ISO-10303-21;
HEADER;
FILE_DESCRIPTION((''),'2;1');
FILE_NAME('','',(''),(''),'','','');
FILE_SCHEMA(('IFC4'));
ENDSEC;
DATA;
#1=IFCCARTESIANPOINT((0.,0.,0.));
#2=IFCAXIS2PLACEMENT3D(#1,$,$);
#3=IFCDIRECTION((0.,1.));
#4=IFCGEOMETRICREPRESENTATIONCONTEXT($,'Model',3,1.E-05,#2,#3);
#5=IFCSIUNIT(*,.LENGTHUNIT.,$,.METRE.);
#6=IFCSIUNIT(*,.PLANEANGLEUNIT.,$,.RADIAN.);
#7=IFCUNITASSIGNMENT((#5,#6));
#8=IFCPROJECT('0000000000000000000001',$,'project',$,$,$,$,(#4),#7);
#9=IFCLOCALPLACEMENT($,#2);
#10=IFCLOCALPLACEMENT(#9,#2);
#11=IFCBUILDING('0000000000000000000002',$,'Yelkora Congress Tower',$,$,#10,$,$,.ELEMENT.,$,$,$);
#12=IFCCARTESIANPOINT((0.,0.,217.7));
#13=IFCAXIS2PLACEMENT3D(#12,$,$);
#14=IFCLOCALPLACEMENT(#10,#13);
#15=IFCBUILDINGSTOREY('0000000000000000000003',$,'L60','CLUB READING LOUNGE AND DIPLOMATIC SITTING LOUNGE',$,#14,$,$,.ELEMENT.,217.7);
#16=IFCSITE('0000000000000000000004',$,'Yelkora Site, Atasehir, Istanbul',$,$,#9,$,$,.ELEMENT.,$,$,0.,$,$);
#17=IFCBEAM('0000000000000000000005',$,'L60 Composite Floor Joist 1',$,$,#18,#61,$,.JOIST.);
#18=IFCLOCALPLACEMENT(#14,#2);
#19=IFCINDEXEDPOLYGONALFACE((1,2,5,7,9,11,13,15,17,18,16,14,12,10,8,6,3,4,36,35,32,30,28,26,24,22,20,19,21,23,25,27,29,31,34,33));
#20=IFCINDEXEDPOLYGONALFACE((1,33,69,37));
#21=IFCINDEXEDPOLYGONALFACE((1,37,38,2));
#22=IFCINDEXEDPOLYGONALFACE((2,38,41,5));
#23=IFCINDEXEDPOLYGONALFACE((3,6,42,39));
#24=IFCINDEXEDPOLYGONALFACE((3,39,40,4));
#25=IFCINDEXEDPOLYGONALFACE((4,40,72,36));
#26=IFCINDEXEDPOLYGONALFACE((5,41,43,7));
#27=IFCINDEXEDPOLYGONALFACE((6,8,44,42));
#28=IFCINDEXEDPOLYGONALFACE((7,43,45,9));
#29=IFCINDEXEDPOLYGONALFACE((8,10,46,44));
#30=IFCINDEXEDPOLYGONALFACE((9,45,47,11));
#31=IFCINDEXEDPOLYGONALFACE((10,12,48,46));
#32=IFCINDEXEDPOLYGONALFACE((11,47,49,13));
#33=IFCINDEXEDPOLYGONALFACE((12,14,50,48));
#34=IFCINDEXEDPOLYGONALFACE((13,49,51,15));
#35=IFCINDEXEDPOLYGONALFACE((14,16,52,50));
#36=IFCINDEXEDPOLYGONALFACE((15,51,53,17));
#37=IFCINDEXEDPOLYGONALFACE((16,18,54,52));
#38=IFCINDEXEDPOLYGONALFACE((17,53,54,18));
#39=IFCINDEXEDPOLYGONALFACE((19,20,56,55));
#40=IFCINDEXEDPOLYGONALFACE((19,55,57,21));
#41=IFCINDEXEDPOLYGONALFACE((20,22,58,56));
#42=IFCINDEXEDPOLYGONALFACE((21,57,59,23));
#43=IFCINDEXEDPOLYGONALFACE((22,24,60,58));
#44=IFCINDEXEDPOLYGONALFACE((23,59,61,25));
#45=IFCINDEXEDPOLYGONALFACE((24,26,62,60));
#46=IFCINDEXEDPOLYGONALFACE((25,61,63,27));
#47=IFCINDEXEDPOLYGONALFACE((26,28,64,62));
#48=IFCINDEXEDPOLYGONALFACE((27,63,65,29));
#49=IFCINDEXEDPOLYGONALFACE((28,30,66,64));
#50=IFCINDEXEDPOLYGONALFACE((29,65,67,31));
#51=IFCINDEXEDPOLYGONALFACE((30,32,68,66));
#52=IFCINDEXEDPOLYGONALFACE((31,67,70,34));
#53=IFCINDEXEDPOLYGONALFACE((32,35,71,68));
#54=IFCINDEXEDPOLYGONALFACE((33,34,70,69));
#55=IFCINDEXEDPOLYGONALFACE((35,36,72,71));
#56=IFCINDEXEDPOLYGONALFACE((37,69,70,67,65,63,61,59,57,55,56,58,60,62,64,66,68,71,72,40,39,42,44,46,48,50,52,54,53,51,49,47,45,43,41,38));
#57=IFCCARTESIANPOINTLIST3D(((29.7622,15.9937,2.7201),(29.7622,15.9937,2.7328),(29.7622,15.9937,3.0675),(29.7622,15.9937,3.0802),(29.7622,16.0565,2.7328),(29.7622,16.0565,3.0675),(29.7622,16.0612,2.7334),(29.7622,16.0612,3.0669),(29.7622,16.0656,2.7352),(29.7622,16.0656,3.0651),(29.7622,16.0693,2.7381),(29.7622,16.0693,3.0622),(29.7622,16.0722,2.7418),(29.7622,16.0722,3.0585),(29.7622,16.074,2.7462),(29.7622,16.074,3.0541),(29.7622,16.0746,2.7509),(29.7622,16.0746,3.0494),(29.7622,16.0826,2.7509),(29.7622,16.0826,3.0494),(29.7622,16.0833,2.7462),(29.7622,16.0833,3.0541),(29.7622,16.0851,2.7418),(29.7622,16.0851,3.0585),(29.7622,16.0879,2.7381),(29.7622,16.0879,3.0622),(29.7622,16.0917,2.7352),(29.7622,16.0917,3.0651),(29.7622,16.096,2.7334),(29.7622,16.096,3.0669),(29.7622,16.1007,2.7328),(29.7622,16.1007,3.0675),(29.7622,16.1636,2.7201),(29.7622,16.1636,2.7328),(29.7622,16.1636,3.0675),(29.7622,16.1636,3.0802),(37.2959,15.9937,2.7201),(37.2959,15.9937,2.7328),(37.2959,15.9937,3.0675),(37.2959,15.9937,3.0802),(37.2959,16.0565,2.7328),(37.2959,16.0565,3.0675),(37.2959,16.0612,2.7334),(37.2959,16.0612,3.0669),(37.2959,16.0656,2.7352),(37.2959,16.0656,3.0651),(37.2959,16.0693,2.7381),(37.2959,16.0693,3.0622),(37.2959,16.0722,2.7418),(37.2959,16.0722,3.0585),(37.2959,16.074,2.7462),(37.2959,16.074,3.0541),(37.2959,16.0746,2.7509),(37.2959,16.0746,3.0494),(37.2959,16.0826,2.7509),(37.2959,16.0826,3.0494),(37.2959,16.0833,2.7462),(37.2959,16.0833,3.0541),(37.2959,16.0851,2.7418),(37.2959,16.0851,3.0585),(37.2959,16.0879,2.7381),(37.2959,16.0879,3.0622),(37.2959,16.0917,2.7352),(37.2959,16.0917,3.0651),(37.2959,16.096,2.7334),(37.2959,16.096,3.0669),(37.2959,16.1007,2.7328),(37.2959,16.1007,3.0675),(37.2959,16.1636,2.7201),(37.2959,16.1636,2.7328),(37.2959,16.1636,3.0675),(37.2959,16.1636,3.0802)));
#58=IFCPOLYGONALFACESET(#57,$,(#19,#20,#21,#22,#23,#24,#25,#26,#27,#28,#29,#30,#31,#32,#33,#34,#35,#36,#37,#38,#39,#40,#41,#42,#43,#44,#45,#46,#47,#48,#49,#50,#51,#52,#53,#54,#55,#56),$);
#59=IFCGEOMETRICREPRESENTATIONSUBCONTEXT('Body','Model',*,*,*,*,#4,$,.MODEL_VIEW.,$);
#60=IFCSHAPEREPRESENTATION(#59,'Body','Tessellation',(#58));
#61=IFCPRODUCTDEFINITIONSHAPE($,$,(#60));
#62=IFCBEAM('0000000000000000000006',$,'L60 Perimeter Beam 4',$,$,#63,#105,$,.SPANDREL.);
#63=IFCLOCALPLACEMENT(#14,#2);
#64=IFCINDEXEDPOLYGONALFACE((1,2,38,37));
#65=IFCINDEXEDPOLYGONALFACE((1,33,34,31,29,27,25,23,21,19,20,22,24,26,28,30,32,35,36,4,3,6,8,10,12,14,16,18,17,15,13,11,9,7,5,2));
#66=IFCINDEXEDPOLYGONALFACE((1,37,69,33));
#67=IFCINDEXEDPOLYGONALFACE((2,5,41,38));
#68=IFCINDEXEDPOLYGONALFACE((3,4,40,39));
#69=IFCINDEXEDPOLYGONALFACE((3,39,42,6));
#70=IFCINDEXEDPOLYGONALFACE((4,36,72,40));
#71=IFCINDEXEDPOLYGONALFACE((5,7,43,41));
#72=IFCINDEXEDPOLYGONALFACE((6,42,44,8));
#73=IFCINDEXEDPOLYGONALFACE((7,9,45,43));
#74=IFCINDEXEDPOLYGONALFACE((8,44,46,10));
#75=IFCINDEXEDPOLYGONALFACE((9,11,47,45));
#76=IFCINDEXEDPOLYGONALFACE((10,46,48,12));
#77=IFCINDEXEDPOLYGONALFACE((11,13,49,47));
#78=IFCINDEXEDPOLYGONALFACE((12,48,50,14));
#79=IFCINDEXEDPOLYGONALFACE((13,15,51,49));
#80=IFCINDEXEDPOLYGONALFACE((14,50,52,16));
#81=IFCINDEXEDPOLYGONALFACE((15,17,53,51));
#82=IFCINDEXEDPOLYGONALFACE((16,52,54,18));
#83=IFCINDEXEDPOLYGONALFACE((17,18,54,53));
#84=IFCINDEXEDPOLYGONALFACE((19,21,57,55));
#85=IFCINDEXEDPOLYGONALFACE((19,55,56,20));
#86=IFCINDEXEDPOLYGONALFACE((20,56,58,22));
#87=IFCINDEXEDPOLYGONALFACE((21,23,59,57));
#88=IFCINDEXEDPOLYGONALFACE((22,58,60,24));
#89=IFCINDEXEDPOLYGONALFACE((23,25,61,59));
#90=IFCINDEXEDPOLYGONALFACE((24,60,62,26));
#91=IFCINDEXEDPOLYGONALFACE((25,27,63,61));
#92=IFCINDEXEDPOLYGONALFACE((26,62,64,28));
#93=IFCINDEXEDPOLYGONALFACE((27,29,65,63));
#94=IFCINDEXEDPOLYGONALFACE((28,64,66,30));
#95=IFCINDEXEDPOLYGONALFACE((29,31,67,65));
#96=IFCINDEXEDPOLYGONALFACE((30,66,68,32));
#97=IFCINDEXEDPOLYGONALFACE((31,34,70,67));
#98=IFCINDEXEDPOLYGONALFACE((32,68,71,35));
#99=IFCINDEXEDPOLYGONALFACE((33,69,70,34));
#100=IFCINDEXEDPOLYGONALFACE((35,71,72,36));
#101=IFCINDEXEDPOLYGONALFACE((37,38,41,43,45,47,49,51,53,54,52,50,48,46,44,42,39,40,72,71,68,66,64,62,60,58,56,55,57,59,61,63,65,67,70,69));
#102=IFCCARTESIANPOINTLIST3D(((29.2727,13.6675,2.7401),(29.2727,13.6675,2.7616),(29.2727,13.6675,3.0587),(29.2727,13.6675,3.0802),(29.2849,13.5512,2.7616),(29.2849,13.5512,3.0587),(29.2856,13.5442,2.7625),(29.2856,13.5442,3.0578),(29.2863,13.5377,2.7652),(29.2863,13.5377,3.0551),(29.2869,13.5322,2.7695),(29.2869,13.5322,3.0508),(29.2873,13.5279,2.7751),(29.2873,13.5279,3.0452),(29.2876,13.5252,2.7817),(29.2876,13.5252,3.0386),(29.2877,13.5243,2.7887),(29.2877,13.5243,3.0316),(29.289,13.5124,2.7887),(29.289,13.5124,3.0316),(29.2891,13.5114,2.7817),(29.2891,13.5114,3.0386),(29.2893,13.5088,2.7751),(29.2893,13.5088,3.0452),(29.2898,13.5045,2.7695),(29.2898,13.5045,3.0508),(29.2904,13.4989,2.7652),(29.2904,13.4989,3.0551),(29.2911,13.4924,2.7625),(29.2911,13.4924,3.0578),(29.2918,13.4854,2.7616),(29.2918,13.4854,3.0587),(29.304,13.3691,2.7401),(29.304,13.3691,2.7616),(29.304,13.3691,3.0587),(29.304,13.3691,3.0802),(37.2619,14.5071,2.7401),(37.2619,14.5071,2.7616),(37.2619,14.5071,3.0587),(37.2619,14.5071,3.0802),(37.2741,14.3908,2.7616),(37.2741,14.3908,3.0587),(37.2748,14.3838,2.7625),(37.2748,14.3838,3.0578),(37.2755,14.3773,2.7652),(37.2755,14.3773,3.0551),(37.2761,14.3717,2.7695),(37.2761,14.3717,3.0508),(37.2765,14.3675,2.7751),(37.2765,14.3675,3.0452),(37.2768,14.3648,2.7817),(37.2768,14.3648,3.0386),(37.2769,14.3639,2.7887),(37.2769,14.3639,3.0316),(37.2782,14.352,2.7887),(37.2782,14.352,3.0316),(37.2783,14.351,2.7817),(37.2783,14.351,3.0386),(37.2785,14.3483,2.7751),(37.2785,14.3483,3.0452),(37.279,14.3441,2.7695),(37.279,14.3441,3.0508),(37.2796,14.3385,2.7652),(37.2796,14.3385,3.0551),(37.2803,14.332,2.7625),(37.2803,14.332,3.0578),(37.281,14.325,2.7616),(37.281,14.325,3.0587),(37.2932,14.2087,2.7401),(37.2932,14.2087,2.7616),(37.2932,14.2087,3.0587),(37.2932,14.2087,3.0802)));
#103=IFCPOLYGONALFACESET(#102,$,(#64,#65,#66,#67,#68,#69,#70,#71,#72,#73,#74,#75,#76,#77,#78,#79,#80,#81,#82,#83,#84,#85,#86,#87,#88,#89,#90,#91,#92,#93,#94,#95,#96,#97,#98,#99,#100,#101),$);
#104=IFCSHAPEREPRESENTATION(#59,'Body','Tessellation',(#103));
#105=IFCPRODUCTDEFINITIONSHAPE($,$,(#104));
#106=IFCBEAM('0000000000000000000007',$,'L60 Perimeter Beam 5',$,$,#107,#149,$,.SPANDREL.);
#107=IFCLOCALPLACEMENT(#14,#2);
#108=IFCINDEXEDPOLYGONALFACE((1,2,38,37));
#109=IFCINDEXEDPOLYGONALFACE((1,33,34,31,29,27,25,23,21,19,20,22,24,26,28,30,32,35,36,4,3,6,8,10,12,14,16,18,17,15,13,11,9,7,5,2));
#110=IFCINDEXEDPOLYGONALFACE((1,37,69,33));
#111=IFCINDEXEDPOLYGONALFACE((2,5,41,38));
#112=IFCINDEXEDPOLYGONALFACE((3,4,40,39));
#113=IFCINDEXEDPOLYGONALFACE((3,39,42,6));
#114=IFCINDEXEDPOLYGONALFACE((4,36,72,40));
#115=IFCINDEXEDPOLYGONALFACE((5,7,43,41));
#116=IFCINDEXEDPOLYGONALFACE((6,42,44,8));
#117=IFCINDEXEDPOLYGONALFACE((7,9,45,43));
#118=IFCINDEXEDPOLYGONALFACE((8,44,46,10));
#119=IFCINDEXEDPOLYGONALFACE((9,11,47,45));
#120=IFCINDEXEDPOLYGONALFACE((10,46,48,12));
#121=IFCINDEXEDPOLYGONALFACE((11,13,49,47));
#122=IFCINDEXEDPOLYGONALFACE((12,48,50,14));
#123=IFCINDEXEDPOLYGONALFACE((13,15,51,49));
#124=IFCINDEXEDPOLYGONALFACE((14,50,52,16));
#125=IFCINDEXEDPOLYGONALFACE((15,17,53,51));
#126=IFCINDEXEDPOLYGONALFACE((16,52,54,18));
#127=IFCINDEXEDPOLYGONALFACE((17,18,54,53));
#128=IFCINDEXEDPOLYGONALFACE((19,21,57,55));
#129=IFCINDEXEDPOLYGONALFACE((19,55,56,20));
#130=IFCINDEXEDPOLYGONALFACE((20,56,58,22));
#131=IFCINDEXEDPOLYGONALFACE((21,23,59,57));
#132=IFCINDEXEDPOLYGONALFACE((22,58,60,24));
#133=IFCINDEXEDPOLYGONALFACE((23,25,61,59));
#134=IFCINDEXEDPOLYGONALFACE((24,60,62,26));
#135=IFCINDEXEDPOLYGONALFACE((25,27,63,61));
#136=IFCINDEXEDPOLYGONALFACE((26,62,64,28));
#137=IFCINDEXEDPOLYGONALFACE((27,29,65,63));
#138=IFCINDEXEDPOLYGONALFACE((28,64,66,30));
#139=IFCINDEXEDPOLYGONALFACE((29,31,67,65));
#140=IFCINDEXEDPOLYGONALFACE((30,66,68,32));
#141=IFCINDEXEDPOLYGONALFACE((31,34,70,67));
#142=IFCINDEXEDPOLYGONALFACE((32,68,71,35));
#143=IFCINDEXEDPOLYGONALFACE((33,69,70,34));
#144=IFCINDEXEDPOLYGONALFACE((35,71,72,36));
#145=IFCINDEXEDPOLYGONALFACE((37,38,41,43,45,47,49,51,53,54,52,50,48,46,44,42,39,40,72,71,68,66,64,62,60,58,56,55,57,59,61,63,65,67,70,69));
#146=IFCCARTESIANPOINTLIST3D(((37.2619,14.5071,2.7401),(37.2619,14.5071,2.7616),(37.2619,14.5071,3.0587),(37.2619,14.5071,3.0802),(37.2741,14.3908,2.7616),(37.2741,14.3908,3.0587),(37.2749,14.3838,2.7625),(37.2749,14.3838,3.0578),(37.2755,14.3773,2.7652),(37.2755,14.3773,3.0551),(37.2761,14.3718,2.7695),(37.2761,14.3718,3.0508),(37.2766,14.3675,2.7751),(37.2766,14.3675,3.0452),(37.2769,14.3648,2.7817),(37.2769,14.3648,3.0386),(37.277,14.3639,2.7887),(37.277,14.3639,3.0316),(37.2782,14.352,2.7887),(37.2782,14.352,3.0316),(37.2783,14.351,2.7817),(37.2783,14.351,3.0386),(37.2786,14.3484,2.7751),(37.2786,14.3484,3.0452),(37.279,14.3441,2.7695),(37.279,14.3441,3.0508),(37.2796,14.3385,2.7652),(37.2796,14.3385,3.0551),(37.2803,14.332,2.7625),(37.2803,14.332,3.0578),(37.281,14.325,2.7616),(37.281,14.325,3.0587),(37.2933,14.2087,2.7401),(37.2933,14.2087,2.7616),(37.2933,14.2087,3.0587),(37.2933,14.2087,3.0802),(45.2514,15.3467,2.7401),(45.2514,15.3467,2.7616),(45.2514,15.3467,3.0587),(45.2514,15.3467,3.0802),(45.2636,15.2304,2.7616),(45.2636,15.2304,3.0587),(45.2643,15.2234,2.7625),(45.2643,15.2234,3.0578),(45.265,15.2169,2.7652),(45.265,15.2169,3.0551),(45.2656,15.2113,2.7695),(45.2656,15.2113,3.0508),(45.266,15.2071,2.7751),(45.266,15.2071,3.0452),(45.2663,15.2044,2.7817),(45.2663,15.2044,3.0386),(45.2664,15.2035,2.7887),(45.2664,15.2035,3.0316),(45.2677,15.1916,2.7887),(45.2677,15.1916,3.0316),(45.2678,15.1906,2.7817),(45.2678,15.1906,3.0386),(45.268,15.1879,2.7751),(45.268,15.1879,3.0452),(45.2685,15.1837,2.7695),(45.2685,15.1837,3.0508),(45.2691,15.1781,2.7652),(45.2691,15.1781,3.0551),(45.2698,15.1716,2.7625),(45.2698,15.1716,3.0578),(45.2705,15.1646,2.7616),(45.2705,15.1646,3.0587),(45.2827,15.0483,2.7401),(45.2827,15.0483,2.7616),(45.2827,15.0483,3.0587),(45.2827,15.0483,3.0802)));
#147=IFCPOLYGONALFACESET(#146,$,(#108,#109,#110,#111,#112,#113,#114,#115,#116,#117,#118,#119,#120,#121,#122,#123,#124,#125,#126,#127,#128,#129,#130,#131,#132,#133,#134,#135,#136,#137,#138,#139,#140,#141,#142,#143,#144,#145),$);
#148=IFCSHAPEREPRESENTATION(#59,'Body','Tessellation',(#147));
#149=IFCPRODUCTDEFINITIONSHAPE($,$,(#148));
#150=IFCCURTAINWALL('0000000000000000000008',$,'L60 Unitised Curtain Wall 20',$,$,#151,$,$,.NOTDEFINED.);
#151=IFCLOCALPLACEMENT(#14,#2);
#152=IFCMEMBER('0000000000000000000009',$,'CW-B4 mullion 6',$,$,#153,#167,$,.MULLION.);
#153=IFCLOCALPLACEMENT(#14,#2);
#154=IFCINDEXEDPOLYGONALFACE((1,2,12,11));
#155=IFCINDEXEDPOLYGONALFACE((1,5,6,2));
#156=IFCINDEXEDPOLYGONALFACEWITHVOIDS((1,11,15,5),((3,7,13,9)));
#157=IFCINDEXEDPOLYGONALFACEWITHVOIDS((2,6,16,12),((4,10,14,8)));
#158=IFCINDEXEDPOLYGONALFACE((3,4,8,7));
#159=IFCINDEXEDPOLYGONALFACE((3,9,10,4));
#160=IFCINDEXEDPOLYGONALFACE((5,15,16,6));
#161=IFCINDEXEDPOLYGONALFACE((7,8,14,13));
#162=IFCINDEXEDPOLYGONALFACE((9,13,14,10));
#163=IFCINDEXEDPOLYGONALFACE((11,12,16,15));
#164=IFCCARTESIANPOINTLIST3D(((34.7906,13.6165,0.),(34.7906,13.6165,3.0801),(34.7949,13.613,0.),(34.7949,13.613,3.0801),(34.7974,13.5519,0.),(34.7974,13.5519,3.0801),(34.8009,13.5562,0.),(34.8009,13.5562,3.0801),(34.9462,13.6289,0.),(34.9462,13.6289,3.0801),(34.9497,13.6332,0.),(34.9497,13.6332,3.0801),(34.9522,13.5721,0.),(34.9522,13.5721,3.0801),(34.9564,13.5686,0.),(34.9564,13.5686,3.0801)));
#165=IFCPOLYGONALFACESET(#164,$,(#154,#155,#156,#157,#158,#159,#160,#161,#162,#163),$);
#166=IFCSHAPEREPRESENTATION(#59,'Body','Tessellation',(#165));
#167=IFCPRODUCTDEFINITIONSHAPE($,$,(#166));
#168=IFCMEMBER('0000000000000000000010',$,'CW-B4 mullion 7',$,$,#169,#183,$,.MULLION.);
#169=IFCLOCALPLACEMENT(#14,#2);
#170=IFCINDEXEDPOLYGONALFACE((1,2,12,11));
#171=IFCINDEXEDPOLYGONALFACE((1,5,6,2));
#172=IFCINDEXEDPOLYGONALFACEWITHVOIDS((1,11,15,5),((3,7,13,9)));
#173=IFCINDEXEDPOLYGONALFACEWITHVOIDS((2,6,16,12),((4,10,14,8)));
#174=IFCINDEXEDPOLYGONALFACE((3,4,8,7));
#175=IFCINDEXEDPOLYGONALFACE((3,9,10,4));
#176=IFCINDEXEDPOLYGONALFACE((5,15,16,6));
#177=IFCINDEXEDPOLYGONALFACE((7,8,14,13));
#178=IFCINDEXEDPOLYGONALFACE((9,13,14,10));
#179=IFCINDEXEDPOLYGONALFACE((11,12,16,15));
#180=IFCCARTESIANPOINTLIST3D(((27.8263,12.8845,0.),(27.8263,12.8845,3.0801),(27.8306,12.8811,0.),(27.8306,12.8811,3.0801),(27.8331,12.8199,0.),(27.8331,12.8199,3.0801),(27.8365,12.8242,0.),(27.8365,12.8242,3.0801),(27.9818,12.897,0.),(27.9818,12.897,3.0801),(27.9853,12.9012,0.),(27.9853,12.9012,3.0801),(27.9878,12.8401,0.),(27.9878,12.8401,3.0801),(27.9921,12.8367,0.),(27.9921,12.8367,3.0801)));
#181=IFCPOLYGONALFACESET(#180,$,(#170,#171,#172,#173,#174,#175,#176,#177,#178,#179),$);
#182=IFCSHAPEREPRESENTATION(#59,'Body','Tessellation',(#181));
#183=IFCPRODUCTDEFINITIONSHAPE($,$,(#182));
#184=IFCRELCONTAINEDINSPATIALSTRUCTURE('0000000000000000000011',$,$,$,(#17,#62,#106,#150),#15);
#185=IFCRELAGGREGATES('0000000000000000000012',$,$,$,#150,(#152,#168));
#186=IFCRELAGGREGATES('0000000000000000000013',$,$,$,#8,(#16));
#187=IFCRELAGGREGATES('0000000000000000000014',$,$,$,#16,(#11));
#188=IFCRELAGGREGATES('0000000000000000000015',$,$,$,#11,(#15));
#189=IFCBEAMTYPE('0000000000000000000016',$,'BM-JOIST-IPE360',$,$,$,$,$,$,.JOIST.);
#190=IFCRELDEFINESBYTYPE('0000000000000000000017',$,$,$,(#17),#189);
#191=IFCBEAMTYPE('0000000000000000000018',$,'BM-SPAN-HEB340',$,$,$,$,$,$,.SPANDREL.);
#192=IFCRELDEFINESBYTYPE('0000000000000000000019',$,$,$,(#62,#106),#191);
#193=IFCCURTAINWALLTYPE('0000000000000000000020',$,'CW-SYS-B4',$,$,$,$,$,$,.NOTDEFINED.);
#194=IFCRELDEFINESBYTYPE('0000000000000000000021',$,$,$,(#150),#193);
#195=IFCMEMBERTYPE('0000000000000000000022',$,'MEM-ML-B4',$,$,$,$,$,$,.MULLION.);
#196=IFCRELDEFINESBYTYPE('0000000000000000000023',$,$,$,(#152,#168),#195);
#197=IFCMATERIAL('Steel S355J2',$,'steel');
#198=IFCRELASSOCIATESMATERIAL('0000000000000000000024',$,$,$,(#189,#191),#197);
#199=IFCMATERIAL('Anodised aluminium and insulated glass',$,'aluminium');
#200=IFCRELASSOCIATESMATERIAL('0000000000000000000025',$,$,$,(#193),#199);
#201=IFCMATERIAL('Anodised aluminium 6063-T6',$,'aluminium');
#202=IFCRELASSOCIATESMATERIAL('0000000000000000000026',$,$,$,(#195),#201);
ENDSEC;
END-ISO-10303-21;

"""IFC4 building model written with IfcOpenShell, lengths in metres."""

from ifc_helpers import new_model, si_unit, direction, frame, origin, origin_2d, place, context, subcontext, project, spatial, hollow_rectangle, i_section, extrude, material, material_profile, profile_set, type_object, element, aggregate, save


model = new_model("IFC4")

# Units and contexts
model_context = context("Model", 3, precision=1e-05, world=origin(), true_north=direction((0.0, 1.0)))
body_context = subcontext(model_context, "Body", "Model", "MODEL_VIEW")
ifc_project = project(units=[si_unit("LENGTHUNIT", "METRE"), si_unit("PLANEANGLEUNIT", "RADIAN")], contexts=[model_context])

# Site, building, storey
site_placement = place(None, origin())
site = spatial("IfcSite", under=ifc_project, at=site_placement, Name="Yelkora Site, Atasehir, Istanbul", CompositionType="ELEMENT", RefElevation=0.0)
building_placement = place(site_placement, origin())
building = spatial("IfcBuilding", under=site, at=building_placement, Name="Yelkora Congress Tower", CompositionType="ELEMENT")
storey_placement = place(building_placement, frame((0.0, 0.0, 217.7)))
storey = spatial("IfcBuildingStorey", under=building, at=storey_placement, Name="L60", Description="CLUB READING LOUNGE AND DIPLOMATIC SITTING LOUNGE", CompositionType="ELEMENT", Elevation=217.7)

# Shared definitions
ifc_material_1 = material(Name="Steel S355J2", Category="steel")

# Beams
ifc_material_profile_1 = material_profile(ifc_material_1, i_section(OverallWidth=0.1699, OverallDepth=0.3601, WebThickness=0.0081, FlangeThickness=0.0127, FilletRadius=0.0181, at=origin_2d()), Name="IPE 360")
ifc_profile_set_1 = profile_set([ifc_material_profile_1], Name="Steel S355J2")
beam_type_1 = type_object("IfcBeamType", Name="BM-JOIST-IPE360", PredefinedType="JOIST", material=ifc_profile_set_1)
beam_1_placement = place(storey_placement, frame((29.7622, 16.0786, 2.9001), z_axis=(1.0, 0.0, 0.0), x_axis=(0.0, 1.0, 0.0)))
element("IfcBeam", 1, at=beam_1_placement, inside=storey, type_object=beam_type_1, Name="L60 Composite Floor Joist 1", PredefinedType="JOIST", context=body_context, shape_type="SweptSolid", body=[
    extrude(i_section(OverallWidth=0.1699, OverallDepth=0.3601, WebThickness=0.0081, FlangeThickness=0.0127, FilletRadius=0.0181, at=origin_2d()), origin(), (0.0, 0.0, 1.0), 7.5337),
])
ifc_material_profile_2 = material_profile(ifc_material_1, i_section(OverallWidth=0.3, OverallDepth=0.3401, WebThickness=0.012, FlangeThickness=0.0215, FilletRadius=0.0271, at=origin_2d()), Name="HEB 340")
ifc_profile_set_2 = profile_set([ifc_material_profile_2], Name="Steel S355J2")
beam_type_2 = type_object("IfcBeamType", Name="BM-SPAN-HEB340", PredefinedType="SPANDREL", material=ifc_profile_set_2)
beam_2_placement = place(storey_placement, frame((29.2883, 13.5183, 2.9102), z_axis=(0.994523, 0.104516, 0.0), x_axis=(-0.104516, 0.994523, 0.0)))
element("IfcBeam", 2, at=beam_2_placement, inside=storey, type_object=beam_type_2, Name="L60 Perimeter Beam 4", PredefinedType="SPANDREL", context=body_context, shape_type="SweptSolid", body=[
    extrude(i_section(OverallWidth=0.3, OverallDepth=0.3401, WebThickness=0.012, FlangeThickness=0.0215, FilletRadius=0.0271, at=origin_2d()), origin(), (0.0, 0.0, 1.0), 8.0332),
])
beam_3_placement = place(storey_placement, frame((37.2776, 14.3579, 2.9102), z_axis=(0.994524, 0.104512, 0.0), x_axis=(-0.104512, 0.994524, 0.0)))
element("IfcBeam", 3, at=beam_3_placement, inside=storey, type_object=beam_type_2, Name="L60 Perimeter Beam 5", PredefinedType="SPANDREL", context=body_context, shape_type="SweptSolid", body=[
    extrude(i_section(OverallWidth=0.3, OverallDepth=0.3401, WebThickness=0.012, FlangeThickness=0.0215, FilletRadius=0.0271, at=origin_2d()), origin(), (0.0, 0.0, 1.0), 8.0334),
])

# Curtain wall, members
ifc_material_2 = material(Name="Anodised aluminium and insulated glass", Category="aluminium")
curtain_wall_type = type_object("IfcCurtainWallType", Name="CW-SYS-B4", PredefinedType="NOTDEFINED", material=ifc_material_2)
curtain_wall_placement = place(storey_placement, origin())
curtain_wall = element("IfcCurtainWall", 4, at=curtain_wall_placement, inside=storey, type_object=curtain_wall_type, Name="L60 Unitised Curtain Wall 20", PredefinedType="NOTDEFINED")
ifc_material_3 = material(Name="Anodised aluminium 6063-T6", Category="aluminium")
ifc_material_profile_3 = material_profile(ifc_material_3, hollow_rectangle(XDim=0.0649, YDim=0.1599, WallThickness=0.0039, at=origin_2d()), Name="ALU 65x160x4")
ifc_profile_set_3 = profile_set([ifc_material_profile_3], Name="Anodised aluminium 6063-T6")
member_type_1 = type_object("IfcMemberType", Name="MEM-ML-B4", PredefinedType="MULLION", material=ifc_profile_set_3)
member_1_placement = place(storey_placement, frame((34.8735, 13.5925, 0.0), z_axis=(0.0, 0.0, 1.0), x_axis=(0.104527, -0.994522, 0.0)))
member_1 = element("IfcMember", 5, at=member_1_placement, type_object=member_type_1, Name="CW-B4 mullion 6", PredefinedType="MULLION", context=body_context, shape_type="SweptSolid", body=[
    extrude(hollow_rectangle(XDim=0.0649, YDim=0.1599, WallThickness=0.0039, at=origin_2d()), origin(), (0.0, 0.0, 1.0), 3.0801),
])
member_2_placement = place(storey_placement, frame((27.9092, 12.8606, 0.0), z_axis=(0.0, 0.0, 1.0), x_axis=(0.104527, -0.994522, 0.0)))
member_2 = element("IfcMember", 6, at=member_2_placement, type_object=member_type_1, Name="CW-B4 mullion 7", PredefinedType="MULLION", context=body_context, shape_type="SweptSolid", body=[
    extrude(hollow_rectangle(XDim=0.0649, YDim=0.1599, WallThickness=0.0039, at=origin_2d()), origin(), (0.0, 0.0, 1.0), 3.0801),
])
aggregate(curtain_wall, [member_1, member_2])

save(model, "model.ifc")
